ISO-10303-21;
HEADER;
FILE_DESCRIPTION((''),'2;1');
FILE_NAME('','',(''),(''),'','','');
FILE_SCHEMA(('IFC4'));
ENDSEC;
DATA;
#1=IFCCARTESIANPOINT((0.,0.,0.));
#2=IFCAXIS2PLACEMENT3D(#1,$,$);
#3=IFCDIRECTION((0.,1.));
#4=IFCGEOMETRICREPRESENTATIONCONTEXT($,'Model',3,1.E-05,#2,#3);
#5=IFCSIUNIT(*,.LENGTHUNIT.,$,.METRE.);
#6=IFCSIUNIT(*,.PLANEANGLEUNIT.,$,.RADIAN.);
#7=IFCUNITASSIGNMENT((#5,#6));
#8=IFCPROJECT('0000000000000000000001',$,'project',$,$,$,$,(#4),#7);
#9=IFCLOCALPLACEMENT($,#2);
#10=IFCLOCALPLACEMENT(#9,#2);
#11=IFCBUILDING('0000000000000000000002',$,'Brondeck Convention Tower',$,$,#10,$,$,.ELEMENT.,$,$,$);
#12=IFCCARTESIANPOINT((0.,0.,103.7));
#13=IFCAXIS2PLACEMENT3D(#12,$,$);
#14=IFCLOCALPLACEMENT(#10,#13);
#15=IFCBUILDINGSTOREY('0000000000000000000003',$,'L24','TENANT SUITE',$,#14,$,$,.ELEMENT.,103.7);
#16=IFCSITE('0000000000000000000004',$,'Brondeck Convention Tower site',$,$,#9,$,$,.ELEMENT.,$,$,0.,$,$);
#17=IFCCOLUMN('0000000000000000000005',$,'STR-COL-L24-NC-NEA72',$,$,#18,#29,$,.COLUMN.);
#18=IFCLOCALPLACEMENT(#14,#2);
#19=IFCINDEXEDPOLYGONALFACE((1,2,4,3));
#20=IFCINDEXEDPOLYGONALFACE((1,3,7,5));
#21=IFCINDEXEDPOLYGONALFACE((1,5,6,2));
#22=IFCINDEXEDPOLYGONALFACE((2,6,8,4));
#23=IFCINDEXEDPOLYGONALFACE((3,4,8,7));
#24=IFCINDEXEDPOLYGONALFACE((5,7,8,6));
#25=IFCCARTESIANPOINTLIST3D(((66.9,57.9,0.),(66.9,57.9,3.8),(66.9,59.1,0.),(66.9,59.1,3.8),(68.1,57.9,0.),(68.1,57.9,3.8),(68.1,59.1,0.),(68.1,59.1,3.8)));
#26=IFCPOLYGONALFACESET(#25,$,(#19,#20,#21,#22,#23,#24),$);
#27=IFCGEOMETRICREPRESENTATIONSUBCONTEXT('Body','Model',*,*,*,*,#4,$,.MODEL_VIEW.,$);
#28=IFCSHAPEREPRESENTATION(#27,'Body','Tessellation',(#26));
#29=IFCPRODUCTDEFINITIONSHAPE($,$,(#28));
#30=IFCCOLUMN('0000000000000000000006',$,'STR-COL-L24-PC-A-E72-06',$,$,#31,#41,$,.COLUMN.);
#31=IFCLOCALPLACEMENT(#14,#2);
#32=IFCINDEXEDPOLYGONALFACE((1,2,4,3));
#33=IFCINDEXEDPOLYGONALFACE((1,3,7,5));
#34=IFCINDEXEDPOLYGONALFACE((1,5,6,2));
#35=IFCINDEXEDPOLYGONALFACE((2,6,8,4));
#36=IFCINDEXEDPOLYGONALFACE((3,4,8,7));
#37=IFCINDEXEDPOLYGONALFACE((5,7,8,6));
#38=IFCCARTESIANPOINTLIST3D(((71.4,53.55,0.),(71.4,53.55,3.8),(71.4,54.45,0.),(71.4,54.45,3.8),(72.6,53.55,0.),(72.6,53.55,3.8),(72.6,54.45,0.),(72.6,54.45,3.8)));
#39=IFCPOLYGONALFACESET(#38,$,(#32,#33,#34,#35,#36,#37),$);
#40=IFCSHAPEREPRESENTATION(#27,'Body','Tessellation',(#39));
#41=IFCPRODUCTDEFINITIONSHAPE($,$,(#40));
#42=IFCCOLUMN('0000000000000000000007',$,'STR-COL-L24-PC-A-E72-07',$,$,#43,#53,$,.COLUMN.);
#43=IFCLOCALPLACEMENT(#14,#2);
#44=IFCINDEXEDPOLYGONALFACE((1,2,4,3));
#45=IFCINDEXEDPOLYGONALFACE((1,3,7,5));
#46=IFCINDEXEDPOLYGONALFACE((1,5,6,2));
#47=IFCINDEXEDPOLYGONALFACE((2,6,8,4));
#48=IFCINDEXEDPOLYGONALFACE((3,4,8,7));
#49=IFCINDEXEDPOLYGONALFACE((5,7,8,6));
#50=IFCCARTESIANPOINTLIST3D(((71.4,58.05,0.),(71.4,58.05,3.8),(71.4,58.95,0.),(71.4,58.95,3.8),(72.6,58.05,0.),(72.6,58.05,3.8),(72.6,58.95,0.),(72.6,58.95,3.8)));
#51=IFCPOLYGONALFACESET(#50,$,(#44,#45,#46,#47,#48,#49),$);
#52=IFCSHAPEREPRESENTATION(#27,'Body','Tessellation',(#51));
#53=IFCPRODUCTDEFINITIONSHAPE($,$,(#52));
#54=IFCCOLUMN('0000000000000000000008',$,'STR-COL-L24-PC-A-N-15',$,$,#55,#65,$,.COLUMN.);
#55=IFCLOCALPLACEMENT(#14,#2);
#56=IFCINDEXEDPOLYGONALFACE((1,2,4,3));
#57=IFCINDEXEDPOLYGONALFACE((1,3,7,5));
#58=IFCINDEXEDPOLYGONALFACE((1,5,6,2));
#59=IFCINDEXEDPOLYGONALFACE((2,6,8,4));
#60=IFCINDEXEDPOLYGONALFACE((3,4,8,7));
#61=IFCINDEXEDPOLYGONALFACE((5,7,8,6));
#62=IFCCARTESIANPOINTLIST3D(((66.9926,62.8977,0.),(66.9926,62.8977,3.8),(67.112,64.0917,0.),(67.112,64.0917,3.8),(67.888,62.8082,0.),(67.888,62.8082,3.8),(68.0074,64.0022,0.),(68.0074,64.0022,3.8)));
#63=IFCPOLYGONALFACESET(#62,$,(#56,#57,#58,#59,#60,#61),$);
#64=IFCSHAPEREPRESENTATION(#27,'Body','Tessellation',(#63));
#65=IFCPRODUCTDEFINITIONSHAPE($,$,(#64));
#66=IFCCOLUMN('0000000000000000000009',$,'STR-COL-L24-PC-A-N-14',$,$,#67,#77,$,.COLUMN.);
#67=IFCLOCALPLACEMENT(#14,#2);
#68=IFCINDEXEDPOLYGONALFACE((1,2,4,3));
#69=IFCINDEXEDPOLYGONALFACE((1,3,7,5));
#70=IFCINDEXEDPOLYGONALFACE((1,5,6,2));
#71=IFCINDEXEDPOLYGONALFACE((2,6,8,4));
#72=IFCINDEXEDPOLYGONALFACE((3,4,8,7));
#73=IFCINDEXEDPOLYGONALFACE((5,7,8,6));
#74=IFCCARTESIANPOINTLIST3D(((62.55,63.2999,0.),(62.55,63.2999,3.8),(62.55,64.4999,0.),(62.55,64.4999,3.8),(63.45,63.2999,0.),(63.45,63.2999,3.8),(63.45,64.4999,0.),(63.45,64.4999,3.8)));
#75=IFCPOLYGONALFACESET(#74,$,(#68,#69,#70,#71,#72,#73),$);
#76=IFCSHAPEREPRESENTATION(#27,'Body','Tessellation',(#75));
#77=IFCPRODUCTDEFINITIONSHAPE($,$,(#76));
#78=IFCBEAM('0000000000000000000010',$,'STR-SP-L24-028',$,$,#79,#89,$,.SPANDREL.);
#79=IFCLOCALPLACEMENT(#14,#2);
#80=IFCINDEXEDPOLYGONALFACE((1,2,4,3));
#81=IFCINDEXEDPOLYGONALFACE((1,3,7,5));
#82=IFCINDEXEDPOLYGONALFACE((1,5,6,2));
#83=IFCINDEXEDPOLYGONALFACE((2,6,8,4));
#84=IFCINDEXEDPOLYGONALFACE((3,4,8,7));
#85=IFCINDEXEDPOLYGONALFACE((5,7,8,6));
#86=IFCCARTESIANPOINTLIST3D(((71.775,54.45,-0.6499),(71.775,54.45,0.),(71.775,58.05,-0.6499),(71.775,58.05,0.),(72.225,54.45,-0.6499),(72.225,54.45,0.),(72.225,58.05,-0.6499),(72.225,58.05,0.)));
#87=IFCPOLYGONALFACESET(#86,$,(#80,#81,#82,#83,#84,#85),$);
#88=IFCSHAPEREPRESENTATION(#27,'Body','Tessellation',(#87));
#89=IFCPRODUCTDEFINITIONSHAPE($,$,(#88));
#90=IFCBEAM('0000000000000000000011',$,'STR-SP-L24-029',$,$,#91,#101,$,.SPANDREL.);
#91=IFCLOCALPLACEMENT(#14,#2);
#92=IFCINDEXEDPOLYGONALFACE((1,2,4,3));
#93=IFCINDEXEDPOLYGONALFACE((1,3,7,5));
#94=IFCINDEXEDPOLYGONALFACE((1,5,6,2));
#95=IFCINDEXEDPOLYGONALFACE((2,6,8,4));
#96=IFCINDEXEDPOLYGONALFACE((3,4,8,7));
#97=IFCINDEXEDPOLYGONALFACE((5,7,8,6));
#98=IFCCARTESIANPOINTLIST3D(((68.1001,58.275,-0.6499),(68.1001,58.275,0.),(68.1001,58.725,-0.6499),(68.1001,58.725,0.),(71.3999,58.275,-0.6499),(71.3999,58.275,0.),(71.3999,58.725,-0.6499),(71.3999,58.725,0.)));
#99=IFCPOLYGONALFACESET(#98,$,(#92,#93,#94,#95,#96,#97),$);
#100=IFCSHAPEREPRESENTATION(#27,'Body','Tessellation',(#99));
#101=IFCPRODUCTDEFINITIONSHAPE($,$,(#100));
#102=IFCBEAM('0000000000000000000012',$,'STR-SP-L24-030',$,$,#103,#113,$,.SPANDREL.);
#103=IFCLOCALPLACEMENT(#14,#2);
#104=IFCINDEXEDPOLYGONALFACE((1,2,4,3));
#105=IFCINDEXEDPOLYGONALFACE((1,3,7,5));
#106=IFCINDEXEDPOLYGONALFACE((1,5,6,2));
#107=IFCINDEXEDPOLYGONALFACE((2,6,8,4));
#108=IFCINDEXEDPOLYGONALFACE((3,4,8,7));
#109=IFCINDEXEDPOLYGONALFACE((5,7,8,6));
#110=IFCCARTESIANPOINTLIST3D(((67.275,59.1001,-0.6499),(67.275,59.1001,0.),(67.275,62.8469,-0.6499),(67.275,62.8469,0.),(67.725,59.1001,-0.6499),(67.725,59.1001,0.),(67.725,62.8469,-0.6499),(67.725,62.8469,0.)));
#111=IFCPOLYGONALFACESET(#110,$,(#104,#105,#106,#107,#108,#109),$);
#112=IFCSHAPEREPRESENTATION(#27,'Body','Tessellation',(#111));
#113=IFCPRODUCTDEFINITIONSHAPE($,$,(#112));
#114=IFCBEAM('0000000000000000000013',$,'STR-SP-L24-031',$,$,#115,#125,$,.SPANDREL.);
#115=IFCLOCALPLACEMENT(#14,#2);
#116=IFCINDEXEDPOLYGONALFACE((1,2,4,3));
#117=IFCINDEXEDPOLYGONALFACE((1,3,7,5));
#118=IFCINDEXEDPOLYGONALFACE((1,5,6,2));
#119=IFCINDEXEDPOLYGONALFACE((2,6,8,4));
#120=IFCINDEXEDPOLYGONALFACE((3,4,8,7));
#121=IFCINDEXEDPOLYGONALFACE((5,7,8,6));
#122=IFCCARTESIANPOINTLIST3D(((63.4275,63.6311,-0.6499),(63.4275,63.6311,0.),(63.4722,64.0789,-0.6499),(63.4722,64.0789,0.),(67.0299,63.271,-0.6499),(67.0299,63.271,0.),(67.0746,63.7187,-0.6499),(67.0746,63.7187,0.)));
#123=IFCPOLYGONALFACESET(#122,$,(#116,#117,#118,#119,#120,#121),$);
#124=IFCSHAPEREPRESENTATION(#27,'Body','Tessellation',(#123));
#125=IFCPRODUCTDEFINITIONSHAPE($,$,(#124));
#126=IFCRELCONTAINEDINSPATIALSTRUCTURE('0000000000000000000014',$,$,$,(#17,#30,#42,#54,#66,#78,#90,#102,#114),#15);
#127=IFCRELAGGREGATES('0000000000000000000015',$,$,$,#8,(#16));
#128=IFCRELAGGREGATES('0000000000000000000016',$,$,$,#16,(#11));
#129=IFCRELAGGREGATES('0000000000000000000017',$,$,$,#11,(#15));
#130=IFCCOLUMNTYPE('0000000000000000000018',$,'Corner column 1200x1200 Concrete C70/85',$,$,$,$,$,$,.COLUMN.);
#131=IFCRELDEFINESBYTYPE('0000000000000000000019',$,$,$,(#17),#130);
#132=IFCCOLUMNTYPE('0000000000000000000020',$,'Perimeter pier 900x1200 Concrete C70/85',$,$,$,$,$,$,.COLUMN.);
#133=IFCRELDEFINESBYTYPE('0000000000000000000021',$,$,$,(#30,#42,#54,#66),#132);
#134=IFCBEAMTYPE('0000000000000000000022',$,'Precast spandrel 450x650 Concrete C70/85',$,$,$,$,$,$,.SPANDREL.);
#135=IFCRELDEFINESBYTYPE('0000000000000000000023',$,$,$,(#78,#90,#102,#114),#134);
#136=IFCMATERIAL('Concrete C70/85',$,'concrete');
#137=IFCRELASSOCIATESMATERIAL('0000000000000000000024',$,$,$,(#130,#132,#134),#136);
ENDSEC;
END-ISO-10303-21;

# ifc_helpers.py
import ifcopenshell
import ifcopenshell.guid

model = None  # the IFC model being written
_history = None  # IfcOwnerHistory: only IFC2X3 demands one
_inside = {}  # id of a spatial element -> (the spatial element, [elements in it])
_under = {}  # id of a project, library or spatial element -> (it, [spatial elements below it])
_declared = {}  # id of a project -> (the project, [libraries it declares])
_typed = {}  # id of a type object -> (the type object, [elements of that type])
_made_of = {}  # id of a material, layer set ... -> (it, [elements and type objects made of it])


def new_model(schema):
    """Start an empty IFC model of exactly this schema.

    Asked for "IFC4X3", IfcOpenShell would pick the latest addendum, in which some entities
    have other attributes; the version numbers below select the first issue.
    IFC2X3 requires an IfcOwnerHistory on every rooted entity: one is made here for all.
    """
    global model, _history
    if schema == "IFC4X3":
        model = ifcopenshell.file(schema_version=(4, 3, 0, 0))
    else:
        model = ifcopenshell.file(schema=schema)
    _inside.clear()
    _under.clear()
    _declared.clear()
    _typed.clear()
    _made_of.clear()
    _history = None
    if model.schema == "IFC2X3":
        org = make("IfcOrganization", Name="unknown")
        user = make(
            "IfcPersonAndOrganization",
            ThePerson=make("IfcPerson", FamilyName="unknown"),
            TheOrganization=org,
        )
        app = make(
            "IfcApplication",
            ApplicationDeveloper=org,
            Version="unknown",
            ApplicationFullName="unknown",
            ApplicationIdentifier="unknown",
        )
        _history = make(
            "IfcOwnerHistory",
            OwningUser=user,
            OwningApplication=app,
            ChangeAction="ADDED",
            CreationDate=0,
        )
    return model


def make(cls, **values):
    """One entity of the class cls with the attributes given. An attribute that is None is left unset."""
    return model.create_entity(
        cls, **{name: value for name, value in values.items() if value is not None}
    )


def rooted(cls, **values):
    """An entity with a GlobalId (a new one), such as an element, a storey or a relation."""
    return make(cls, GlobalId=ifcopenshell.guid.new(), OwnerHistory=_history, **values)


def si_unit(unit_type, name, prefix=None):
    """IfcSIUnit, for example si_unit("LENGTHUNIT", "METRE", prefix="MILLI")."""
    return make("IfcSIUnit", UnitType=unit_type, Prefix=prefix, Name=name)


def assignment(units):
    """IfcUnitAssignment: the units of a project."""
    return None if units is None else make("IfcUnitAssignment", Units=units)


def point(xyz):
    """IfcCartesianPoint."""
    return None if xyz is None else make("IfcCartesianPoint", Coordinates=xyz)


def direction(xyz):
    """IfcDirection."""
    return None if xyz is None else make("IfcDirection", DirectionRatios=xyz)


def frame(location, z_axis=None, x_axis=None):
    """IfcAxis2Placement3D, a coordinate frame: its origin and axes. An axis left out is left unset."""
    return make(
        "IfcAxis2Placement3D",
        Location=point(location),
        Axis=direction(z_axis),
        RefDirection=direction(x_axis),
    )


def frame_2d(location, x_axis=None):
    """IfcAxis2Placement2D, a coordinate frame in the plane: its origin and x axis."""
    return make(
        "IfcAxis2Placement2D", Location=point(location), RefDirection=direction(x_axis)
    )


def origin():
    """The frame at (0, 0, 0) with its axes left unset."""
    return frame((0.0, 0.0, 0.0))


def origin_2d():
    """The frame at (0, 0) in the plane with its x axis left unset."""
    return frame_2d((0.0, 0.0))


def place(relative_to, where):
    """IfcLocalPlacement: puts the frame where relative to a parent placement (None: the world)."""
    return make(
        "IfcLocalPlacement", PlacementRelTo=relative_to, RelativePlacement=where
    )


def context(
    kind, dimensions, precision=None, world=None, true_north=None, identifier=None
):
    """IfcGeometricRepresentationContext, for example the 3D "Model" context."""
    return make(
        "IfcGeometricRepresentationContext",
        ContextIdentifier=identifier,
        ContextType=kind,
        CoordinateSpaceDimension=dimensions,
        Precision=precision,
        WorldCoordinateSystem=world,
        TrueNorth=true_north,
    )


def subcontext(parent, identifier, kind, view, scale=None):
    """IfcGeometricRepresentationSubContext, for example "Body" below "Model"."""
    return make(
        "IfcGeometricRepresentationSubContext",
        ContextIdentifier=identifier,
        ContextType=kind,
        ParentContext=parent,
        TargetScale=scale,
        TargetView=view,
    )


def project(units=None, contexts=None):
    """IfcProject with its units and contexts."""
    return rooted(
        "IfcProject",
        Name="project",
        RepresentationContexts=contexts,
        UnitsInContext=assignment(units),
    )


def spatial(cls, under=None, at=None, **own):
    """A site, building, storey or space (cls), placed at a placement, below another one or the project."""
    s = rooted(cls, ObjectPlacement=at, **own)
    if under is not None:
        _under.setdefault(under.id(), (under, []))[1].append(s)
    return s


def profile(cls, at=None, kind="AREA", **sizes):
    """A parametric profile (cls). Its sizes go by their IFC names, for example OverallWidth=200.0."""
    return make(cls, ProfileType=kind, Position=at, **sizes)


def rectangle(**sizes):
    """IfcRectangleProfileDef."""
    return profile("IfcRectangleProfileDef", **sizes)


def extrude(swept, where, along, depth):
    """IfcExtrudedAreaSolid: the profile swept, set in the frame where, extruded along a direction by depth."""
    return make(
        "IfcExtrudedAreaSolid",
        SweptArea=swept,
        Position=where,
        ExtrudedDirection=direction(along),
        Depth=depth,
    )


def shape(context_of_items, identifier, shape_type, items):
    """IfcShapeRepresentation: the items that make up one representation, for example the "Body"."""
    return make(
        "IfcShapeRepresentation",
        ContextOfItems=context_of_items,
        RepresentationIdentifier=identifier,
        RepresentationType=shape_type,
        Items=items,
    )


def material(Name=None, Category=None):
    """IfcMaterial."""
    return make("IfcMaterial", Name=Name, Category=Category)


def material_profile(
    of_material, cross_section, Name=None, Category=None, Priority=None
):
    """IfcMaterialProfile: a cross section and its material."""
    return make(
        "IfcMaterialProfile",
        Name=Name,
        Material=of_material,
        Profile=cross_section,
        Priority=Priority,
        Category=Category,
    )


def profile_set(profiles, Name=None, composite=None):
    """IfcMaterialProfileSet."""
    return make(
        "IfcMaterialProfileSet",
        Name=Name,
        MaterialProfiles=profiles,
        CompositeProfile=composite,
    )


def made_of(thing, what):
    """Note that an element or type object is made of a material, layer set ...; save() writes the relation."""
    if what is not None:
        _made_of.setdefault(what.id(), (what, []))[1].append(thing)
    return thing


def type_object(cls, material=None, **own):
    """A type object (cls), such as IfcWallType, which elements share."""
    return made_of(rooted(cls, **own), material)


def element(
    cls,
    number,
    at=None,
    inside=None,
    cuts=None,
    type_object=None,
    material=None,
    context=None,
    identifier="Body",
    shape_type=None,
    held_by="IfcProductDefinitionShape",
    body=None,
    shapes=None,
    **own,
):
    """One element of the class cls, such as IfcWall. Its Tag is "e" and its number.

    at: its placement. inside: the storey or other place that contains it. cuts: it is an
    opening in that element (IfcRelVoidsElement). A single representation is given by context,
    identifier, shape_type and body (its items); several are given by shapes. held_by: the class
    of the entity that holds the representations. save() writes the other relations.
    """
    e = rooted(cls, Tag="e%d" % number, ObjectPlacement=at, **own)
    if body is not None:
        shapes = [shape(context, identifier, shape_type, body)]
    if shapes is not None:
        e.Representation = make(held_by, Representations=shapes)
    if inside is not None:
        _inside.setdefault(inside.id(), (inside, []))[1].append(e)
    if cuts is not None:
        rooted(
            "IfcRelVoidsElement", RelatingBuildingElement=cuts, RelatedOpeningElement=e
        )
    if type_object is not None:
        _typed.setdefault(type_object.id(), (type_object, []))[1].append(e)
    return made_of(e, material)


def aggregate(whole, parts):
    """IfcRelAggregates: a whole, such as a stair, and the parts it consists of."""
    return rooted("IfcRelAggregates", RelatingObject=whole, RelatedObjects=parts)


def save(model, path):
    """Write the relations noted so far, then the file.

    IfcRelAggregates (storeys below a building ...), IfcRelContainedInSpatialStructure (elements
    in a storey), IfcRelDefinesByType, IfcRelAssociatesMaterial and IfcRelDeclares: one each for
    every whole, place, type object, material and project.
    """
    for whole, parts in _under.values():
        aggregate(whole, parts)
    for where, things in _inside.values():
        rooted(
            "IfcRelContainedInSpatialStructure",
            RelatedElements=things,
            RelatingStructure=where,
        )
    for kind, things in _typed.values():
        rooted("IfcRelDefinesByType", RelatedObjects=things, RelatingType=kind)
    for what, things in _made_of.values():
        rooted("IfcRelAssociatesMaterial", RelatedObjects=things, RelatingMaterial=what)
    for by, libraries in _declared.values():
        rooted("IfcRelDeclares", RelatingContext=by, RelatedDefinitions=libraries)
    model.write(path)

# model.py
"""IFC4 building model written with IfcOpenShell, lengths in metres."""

from ifc_helpers import new_model, si_unit, direction, frame, origin, origin_2d, place, context, subcontext, project, spatial, rectangle, extrude, material, material_profile, profile_set, type_object, element, save


model = new_model("IFC4")

# Units and contexts
model_context = context("Model", 3, precision=1e-05, world=origin(), true_north=direction((0.0, 1.0)))
body_context = subcontext(model_context, "Body", "Model", "MODEL_VIEW")
ifc_project = project(units=[si_unit("LENGTHUNIT", "METRE"), si_unit("PLANEANGLEUNIT", "RADIAN")], contexts=[model_context])

# Site, building, storey
site_placement = place(None, origin())
site = spatial("IfcSite", under=ifc_project, at=site_placement, Name="Brondeck Convention Tower site", CompositionType="ELEMENT", RefElevation=0.0)
building_placement = place(site_placement, origin())
building = spatial("IfcBuilding", under=site, at=building_placement, Name="Brondeck Convention Tower", CompositionType="ELEMENT")
storey_placement = place(building_placement, frame((0.0, 0.0, 103.7)))
storey = spatial("IfcBuildingStorey", under=building, at=storey_placement, Name="L24", Description="TENANT SUITE", CompositionType="ELEMENT", Elevation=103.7)

# Columns
ifc_material_1 = material(Name="Concrete C70/85", Category="concrete")
ifc_material_profile_1 = material_profile(ifc_material_1, rectangle(XDim=1.2, YDim=1.2, at=origin_2d()), Name="Corner column 1200x1200 Concrete C70/85")
ifc_profile_set_1 = profile_set([ifc_material_profile_1], Name="Concrete C70/85")
column_type_1 = type_object("IfcColumnType", Name="Corner column 1200x1200 Concrete C70/85", PredefinedType="COLUMN", material=ifc_profile_set_1)
column_placement = place(storey_placement, frame((67.5, 58.5, 0.0), z_axis=(0.0, 0.0, 1.0), x_axis=(1.0, 0.0, 0.0)))
element("IfcColumn", 1, at=column_placement, inside=storey, type_object=column_type_1, Name="STR-COL-L24-NC-NEA72", PredefinedType="COLUMN", context=body_context, shape_type="SweptSolid", body=[
    extrude(rectangle(XDim=1.2, YDim=1.2, at=origin_2d()), origin(), (0.0, 0.0, 1.0), 3.8),
])
ifc_material_profile_2 = material_profile(ifc_material_1, rectangle(XDim=0.8999, YDim=1.2, at=origin_2d()), Name="Perimeter pier 900x1200 Concrete C70/85")
ifc_profile_set_2 = profile_set([ifc_material_profile_2], Name="Concrete C70/85")
column_type_2 = type_object("IfcColumnType", Name="Perimeter pier 900x1200 Concrete C70/85", PredefinedType="COLUMN", material=ifc_profile_set_2)
for number, where, z_axis, x_axis, name in (
    (2, (72.0, 54.0, 0.0), (0.0, 0.0, 1.0), (0.0, 1.0, 0.0), "STR-COL-L24-PC-A-E72-06"),
    (3, (72.0, 58.5, 0.0), (0.0, 0.0, 1.0), (0.0, 1.0, 0.0), "STR-COL-L24-PC-A-E72-07"),
    (4, (67.5, 63.45, 0.0), (0.0, 0.0, 1.0), (-0.995037, 0.099504, 0.0), "STR-COL-L24-PC-A-N-15"),
    (5, (63.0, 63.8999, 0.0), (0.0, 0.0, 1.0), (-1.0, 0.0, 0.0), "STR-COL-L24-PC-A-N-14"),
):
    element("IfcColumn", number, at=place(storey_placement, frame(where, z_axis=z_axis, x_axis=x_axis)), inside=storey, type_object=column_type_2, Name=name, PredefinedType="COLUMN", context=body_context, shape_type="SweptSolid", body=[
        extrude(rectangle(XDim=0.8999, YDim=1.2, at=origin_2d()), origin(), (0.0, 0.0, 1.0), 3.8),
    ])

# Beams
ifc_material_profile_3 = material_profile(ifc_material_1, rectangle(XDim=0.45, YDim=0.6499, at=origin_2d()), Name="Precast spandrel 450x650 Concrete C70/85")
ifc_profile_set_3 = profile_set([ifc_material_profile_3], Name="Concrete C70/85")
beam_type = type_object("IfcBeamType", Name="Precast spandrel 450x650 Concrete C70/85", PredefinedType="SPANDREL", material=ifc_profile_set_3)
beam_1_placement = place(storey_placement, frame((72.0, 54.45, -0.325), z_axis=(0.0, 1.0, 0.0), x_axis=(-1.0, 0.0, 0.0)))
element("IfcBeam", 6, at=beam_1_placement, inside=storey, type_object=beam_type, Name="STR-SP-L24-028", PredefinedType="SPANDREL", context=body_context, shape_type="SweptSolid", body=[
    extrude(rectangle(XDim=0.45, YDim=0.6499, at=origin_2d()), origin(), (0.0, 0.0, 1.0), 3.6001),
])
beam_2_placement = place(storey_placement, frame((71.3999, 58.5, -0.325), z_axis=(-1.0, 0.0, 0.0), x_axis=(0.0, -1.0, 0.0)))
element("IfcBeam", 7, at=beam_2_placement, inside=storey, type_object=beam_type, Name="STR-SP-L24-029", PredefinedType="SPANDREL", context=body_context, shape_type="SweptSolid", body=[
    extrude(rectangle(XDim=0.45, YDim=0.6499, at=origin_2d()), origin(), (0.0, 0.0, 1.0), 3.2998),
])
beam_3_placement = place(storey_placement, frame((67.5, 59.1001, -0.325), z_axis=(0.0, 1.0, 0.0), x_axis=(-1.0, 0.0, 0.0)))
element("IfcBeam", 8, at=beam_3_placement, inside=storey, type_object=beam_type, Name="STR-SP-L24-030", PredefinedType="SPANDREL", context=body_context, shape_type="SweptSolid", body=[
    extrude(rectangle(XDim=0.45, YDim=0.6499, at=origin_2d()), origin(), (0.0, 0.0, 1.0), 3.7468),
])
beam_4_placement = place(storey_placement, frame((67.0522, 63.4949, -0.325), z_axis=(-0.995041, 0.09947, 0.0), x_axis=(-0.09947, -0.995041, 0.0)))
element("IfcBeam", 9, at=beam_4_placement, inside=storey, type_object=beam_type, Name="STR-SP-L24-031", PredefinedType="SPANDREL", context=body_context, shape_type="SweptSolid", body=[
    extrude(rectangle(XDim=0.45, YDim=0.6499, at=origin_2d()), origin(), (0.0, 0.0, 1.0), 3.6204),
])

save(model, "model.ifc")
